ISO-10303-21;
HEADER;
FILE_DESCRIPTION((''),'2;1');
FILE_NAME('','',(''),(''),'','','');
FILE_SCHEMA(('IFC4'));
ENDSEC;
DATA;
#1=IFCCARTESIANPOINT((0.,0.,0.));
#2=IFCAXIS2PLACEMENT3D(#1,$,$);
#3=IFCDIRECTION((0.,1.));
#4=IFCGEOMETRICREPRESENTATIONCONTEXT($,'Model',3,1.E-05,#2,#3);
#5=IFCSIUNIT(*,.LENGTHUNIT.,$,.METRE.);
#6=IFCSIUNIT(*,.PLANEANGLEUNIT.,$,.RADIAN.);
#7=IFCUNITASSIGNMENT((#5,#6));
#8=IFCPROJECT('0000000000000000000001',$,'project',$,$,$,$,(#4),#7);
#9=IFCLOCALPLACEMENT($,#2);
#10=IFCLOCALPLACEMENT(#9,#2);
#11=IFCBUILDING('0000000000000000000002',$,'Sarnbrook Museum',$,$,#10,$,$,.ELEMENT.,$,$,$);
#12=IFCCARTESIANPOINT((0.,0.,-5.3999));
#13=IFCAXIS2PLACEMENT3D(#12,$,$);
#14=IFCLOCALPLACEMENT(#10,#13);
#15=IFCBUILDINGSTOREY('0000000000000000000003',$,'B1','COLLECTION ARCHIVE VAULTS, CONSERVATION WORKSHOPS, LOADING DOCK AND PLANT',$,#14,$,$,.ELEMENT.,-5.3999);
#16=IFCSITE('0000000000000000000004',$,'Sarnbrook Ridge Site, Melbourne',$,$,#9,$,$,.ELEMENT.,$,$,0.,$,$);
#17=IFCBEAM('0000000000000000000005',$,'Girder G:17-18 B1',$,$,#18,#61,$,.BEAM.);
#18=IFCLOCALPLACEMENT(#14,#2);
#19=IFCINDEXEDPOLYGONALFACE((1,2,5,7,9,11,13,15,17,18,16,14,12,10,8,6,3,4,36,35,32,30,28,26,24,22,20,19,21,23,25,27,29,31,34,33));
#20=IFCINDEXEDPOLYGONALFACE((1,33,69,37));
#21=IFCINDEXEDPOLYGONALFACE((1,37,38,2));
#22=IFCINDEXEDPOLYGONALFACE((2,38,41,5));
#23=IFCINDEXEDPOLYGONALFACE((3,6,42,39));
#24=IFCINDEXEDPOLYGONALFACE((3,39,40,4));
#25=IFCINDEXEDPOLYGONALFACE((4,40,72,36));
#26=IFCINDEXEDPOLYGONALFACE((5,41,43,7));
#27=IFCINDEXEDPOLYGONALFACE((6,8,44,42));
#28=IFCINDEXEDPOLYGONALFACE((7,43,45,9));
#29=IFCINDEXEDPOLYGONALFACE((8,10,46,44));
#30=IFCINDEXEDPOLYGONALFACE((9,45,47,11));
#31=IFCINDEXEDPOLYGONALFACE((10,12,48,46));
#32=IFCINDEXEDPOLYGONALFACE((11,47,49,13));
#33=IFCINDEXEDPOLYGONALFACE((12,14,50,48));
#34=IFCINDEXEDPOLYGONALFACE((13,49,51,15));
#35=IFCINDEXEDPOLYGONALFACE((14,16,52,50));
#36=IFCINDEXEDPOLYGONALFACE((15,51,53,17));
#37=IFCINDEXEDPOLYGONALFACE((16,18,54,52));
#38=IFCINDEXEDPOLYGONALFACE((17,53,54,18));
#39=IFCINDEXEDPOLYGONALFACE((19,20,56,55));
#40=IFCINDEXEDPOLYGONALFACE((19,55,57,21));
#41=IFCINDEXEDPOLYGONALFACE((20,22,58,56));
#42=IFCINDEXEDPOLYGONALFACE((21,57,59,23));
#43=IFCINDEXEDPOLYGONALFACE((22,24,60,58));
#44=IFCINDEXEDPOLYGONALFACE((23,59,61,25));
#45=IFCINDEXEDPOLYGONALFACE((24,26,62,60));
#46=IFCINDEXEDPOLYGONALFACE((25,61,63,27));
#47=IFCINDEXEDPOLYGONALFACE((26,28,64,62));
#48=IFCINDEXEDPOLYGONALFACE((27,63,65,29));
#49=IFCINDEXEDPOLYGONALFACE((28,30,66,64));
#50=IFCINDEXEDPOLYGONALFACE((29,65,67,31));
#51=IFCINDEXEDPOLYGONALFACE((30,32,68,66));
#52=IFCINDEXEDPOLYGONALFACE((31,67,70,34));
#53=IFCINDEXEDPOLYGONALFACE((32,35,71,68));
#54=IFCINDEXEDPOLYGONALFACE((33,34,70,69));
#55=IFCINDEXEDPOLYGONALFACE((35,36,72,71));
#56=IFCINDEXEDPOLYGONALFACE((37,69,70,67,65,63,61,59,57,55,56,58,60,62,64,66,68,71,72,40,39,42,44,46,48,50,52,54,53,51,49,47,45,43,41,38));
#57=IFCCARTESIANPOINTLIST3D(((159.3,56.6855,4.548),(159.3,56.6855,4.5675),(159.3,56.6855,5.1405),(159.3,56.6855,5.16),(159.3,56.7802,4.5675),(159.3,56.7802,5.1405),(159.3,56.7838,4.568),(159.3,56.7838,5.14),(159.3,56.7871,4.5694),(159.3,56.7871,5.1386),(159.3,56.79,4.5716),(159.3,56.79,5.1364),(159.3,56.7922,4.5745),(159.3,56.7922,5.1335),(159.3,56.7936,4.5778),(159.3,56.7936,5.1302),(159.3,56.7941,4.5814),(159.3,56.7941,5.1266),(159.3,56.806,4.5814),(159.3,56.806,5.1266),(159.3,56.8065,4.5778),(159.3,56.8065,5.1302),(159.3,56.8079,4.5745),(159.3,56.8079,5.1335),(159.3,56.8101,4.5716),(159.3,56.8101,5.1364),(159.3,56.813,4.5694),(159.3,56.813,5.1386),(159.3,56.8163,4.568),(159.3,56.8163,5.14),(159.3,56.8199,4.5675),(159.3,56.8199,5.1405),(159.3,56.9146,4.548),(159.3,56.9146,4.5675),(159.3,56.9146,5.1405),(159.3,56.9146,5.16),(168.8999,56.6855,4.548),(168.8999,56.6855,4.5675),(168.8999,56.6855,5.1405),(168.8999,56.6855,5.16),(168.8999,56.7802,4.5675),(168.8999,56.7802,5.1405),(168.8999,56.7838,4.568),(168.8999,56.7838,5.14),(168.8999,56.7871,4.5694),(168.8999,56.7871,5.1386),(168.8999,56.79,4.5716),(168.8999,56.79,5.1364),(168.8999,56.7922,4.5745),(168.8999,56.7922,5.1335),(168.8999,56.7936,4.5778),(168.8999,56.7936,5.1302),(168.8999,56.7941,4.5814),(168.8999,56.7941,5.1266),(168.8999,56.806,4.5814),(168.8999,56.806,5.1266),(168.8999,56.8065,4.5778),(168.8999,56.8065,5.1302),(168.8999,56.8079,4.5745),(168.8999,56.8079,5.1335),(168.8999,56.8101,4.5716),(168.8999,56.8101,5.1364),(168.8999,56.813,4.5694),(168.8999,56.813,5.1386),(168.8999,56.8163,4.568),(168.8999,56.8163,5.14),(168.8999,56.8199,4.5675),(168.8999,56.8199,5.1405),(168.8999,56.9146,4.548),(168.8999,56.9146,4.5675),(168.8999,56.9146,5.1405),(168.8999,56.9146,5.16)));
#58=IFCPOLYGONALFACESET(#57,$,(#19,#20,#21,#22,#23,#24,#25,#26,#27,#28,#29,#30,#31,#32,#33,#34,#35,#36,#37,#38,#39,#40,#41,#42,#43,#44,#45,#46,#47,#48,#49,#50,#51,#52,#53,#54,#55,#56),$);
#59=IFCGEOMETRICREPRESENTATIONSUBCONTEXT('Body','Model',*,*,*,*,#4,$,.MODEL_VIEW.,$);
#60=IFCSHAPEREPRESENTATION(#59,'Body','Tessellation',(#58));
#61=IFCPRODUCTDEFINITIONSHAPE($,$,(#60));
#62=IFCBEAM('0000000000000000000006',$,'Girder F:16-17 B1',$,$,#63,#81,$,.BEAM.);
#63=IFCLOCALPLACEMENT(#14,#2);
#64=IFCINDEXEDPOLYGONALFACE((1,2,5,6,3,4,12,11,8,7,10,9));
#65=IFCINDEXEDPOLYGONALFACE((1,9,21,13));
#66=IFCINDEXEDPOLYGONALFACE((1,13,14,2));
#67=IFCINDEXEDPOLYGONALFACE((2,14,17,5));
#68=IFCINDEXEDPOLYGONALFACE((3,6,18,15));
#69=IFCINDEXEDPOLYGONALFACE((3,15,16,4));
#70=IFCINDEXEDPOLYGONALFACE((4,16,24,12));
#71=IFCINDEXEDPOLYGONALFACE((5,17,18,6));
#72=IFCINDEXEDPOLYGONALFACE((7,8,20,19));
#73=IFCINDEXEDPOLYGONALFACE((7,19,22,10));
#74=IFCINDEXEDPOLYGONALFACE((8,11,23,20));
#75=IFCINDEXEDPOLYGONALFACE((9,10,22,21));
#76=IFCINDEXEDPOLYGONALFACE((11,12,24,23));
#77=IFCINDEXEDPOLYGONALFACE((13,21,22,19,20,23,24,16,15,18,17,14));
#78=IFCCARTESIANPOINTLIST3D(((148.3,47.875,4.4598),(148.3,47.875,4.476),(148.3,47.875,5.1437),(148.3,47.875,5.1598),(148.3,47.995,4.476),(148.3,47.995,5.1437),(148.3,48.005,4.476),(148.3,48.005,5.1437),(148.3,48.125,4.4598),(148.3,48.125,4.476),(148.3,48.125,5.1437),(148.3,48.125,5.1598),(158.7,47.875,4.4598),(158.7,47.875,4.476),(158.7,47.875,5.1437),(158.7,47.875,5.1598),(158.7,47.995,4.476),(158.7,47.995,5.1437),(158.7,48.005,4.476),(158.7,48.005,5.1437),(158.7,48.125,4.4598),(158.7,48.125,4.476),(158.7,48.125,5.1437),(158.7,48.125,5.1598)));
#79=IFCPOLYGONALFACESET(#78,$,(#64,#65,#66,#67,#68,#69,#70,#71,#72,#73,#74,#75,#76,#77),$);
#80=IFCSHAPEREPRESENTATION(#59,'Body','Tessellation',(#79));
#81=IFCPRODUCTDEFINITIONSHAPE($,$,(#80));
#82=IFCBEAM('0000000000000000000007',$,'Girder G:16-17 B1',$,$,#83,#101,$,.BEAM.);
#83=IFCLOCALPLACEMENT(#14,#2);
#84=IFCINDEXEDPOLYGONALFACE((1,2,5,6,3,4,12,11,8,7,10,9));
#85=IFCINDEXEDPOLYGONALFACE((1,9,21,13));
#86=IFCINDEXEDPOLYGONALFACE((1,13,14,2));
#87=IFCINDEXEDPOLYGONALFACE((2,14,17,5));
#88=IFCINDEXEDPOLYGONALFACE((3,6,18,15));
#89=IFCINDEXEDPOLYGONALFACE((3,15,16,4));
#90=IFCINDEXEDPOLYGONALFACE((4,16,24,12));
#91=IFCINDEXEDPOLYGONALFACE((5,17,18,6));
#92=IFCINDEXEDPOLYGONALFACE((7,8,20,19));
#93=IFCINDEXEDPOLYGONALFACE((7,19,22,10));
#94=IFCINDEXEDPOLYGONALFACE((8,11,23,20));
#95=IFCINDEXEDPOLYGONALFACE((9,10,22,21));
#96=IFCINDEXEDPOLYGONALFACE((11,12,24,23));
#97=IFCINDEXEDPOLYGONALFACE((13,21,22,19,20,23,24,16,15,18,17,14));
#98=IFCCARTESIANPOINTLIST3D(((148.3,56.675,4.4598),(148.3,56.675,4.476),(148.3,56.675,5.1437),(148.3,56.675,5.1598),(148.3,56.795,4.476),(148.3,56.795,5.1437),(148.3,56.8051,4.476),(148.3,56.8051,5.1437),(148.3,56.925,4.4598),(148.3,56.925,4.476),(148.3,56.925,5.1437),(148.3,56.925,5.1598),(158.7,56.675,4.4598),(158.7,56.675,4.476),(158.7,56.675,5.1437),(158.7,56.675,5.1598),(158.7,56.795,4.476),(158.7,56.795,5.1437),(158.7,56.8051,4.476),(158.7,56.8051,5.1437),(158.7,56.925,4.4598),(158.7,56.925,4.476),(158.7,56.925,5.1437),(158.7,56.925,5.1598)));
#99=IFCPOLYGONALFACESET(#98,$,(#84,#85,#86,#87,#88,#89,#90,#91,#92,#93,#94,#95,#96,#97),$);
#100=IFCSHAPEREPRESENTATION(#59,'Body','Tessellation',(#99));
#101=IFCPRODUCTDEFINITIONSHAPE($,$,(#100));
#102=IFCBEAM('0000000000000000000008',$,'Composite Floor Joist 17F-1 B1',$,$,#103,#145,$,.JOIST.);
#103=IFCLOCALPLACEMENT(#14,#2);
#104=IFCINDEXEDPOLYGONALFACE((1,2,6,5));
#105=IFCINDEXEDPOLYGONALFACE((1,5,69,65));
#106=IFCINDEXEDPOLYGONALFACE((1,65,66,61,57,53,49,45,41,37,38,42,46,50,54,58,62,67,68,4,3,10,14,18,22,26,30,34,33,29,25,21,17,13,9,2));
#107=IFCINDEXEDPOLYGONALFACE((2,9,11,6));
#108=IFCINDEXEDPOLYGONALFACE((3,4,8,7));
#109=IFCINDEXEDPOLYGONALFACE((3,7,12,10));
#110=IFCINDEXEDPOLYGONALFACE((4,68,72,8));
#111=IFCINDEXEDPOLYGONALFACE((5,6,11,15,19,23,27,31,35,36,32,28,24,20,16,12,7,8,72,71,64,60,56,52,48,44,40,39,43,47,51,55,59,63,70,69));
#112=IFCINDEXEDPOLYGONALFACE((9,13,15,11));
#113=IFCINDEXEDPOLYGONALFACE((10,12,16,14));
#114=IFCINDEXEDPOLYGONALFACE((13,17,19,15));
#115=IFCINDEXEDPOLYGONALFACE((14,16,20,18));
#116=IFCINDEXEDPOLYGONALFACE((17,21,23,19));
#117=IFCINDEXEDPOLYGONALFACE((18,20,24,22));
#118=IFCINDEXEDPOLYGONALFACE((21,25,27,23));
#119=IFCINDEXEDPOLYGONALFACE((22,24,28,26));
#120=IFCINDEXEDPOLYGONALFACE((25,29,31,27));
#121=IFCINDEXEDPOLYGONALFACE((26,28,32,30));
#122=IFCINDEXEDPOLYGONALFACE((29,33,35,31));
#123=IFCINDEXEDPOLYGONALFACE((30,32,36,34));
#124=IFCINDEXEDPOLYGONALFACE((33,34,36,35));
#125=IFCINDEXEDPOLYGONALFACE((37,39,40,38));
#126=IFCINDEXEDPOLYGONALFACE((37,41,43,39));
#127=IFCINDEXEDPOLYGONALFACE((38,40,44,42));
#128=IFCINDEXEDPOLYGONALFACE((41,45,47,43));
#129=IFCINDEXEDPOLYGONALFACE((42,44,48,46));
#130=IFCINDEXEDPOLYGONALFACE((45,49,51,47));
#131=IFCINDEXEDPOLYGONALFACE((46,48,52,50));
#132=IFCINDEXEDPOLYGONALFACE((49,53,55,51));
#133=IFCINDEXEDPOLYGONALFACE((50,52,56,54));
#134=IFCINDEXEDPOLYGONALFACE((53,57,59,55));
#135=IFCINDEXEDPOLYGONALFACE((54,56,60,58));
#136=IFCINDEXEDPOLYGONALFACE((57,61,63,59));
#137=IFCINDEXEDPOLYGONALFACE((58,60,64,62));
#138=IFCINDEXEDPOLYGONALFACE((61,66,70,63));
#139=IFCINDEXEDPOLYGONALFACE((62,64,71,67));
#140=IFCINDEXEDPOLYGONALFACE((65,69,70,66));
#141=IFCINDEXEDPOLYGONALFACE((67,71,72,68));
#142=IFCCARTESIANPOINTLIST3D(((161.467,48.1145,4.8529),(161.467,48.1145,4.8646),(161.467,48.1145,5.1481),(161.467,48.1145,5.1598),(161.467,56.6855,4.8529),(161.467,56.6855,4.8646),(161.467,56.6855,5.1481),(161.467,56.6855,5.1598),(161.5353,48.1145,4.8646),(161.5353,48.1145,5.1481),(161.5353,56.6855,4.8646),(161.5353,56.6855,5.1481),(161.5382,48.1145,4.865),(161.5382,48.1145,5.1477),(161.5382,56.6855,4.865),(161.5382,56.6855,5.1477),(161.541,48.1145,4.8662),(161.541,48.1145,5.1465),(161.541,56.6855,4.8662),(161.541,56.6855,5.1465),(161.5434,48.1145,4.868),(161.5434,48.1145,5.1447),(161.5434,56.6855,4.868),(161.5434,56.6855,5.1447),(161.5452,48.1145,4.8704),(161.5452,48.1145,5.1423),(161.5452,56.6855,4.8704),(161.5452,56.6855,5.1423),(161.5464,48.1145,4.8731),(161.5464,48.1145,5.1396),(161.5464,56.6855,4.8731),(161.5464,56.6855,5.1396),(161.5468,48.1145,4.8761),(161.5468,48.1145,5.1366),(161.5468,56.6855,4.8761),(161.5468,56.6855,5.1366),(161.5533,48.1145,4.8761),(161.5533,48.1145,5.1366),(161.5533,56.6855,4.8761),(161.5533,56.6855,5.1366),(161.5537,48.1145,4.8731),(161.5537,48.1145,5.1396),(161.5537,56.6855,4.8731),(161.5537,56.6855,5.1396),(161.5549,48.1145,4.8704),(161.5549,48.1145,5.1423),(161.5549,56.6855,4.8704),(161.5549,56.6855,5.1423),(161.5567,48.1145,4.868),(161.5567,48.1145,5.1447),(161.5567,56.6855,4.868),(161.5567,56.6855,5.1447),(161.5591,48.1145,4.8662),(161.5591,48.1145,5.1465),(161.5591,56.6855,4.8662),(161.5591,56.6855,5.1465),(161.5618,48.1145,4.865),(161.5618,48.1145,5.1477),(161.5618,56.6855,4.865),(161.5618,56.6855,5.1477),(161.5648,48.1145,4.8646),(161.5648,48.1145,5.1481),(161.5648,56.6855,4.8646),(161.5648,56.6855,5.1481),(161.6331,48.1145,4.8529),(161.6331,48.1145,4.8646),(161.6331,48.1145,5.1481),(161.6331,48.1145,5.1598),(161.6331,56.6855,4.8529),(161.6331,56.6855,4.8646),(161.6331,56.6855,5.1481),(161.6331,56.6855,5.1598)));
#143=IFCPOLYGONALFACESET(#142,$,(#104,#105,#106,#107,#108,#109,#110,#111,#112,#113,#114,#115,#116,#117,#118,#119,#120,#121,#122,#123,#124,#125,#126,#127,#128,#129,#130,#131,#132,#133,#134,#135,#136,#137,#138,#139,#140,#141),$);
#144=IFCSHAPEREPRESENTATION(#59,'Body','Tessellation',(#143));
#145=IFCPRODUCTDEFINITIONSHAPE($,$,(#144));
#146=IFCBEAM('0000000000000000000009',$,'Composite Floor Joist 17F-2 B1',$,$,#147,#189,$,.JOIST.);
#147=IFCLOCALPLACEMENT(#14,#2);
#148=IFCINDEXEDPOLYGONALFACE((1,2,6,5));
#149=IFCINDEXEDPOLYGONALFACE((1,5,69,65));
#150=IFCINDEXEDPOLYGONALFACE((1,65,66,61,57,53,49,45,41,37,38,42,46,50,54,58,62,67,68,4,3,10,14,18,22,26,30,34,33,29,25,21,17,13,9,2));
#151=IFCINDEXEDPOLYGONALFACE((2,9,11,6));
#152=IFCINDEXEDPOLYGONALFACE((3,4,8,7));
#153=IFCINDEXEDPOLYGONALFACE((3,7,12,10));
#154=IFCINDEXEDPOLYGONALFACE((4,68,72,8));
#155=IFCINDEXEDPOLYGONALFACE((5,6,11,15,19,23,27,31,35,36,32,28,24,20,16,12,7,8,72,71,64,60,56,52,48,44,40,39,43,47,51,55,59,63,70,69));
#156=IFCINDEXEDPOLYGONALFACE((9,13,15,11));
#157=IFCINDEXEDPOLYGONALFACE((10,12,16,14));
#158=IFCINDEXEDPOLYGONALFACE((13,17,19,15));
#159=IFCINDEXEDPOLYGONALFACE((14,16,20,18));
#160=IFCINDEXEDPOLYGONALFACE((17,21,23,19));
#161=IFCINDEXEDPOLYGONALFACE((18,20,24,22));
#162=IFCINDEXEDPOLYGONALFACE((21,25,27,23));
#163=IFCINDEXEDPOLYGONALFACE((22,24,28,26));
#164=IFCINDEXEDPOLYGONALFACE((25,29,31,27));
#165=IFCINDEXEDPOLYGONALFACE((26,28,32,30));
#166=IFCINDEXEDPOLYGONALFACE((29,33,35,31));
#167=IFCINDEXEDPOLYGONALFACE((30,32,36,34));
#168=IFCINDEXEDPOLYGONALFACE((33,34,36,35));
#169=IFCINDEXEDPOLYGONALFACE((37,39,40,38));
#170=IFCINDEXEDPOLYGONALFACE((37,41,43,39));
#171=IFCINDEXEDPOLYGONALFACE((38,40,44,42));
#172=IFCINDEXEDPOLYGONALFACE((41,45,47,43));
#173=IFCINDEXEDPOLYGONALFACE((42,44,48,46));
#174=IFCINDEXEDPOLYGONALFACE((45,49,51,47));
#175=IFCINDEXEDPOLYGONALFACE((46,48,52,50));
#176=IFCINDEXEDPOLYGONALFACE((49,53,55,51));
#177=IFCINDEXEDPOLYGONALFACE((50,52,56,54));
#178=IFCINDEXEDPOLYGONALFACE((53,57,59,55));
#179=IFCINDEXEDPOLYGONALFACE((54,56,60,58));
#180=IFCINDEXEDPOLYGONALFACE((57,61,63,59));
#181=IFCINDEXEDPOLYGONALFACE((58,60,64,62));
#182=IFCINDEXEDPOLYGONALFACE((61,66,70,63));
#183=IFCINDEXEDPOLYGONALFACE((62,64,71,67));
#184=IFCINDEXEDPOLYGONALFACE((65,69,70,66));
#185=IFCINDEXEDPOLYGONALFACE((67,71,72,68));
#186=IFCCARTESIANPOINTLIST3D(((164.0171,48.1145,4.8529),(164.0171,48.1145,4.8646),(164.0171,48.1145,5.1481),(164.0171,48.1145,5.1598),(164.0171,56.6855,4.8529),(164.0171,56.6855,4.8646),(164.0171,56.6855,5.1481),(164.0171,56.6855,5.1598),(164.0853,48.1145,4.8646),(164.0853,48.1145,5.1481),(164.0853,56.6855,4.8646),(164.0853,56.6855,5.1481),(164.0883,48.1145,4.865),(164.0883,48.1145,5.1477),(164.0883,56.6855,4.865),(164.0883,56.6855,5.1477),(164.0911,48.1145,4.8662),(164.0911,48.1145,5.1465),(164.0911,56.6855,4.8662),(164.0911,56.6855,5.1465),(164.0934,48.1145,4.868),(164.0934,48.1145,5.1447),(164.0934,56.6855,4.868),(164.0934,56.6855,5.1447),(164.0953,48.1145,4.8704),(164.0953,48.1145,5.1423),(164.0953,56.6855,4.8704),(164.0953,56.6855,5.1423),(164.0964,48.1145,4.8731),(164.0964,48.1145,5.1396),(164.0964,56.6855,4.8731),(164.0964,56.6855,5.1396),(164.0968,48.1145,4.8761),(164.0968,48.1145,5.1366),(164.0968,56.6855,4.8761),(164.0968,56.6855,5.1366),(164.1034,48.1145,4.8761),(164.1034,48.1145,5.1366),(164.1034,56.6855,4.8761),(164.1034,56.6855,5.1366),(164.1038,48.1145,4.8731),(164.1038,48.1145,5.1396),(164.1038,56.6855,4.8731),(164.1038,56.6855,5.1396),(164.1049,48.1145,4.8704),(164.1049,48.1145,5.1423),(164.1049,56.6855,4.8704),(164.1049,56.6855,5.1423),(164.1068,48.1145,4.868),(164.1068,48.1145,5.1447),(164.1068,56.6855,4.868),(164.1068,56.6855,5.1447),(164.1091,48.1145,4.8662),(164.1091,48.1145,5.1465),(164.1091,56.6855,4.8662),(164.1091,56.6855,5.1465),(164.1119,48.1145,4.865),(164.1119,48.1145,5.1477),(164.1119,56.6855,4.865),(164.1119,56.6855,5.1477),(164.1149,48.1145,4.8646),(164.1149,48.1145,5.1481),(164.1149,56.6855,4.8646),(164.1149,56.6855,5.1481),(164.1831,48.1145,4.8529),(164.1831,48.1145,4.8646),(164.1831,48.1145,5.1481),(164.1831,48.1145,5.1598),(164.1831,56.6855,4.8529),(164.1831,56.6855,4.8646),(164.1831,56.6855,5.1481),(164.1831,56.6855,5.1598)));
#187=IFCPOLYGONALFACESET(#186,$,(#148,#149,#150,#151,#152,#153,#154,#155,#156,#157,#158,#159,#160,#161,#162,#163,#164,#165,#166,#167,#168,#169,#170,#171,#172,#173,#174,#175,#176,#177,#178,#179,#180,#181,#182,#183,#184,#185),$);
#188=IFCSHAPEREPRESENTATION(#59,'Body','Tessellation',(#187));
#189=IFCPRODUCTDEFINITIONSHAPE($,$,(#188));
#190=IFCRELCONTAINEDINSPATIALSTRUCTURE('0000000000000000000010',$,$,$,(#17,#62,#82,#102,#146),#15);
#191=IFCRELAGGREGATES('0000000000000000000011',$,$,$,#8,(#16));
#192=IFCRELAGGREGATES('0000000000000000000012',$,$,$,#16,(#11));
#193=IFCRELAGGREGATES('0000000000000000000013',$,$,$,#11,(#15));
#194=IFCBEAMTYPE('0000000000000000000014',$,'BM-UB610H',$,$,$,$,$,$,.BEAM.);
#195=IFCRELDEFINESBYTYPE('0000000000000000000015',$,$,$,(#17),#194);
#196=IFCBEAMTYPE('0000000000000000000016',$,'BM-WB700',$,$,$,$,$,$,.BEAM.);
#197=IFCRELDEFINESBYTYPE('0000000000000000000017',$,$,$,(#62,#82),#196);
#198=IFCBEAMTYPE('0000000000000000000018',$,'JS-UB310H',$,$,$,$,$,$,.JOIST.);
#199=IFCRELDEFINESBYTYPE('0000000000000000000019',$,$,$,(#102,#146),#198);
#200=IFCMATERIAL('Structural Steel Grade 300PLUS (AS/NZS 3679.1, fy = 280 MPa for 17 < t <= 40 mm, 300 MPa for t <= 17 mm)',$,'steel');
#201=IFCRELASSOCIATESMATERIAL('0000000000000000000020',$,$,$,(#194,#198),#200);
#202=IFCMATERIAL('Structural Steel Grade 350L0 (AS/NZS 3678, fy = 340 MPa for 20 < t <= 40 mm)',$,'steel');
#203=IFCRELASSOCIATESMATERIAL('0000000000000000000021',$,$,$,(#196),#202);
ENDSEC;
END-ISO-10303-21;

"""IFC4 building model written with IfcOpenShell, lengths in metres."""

from ifc_helpers import new_model, si_unit, direction, frame, origin, origin_2d, place, context, subcontext, project, spatial, i_section, extrude, material, material_profile, profile_set, type_object, element, save


model = new_model("IFC4")

# Units and contexts
model_context = context("Model", 3, precision=1e-05, world=origin(), true_north=direction((0.0, 1.0)))
body_context = subcontext(model_context, "Body", "Model", "MODEL_VIEW")
ifc_project = project(units=[si_unit("LENGTHUNIT", "METRE"), si_unit("PLANEANGLEUNIT", "RADIAN")], contexts=[model_context])

# Site, building, storey
site_placement = place(None, origin())
site = spatial("IfcSite", under=ifc_project, at=site_placement, Name="Sarnbrook Ridge Site, Melbourne", CompositionType="ELEMENT", RefElevation=0.0)
building_placement = place(site_placement, origin())
building = spatial("IfcBuilding", under=site, at=building_placement, Name="Sarnbrook Museum", CompositionType="ELEMENT")
storey_placement = place(building_placement, frame((0.0, 0.0, -5.3999)))
storey = spatial("IfcBuildingStorey", under=building, at=storey_placement, Name="B1", Description="COLLECTION ARCHIVE VAULTS, CONSERVATION WORKSHOPS, LOADING DOCK AND PLANT", CompositionType="ELEMENT", Elevation=-5.3999)

# Beams
ifc_material_1 = material(Name="Structural Steel Grade 300PLUS (AS/NZS 3679.1, fy = 280 MPa for 17 < t <= 40 mm, 300 MPa for t <= 17 mm)", Category="steel")
ifc_material_profile_1 = material_profile(ifc_material_1, i_section(OverallWidth=0.229, OverallDepth=0.6121, WebThickness=0.012, FlangeThickness=0.0195, FilletRadius=0.0139, at=origin_2d()), Name="610UB125")
ifc_profile_set_1 = profile_set([ifc_material_profile_1], Name="Structural Steel Grade 300PLUS (AS/NZS 3679.1, fy = 280 MPa for 17 < t <= 40 mm, 300 MPa for t <= 17 mm)")
beam_type_1 = type_object("IfcBeamType", Name="BM-UB610H", PredefinedType="BEAM", material=ifc_profile_set_1)
for number, where, z_axis, x_axis, name in (
    (1, (159.3, 56.8, 4.854), (1.0, 0.0, 0.0), (0.0, 1.0, 0.0), "Girder G:17-18 B1"),
):
    element("IfcBeam", number, at=place(storey_placement, frame(where, z_axis=z_axis, x_axis=x_axis)), inside=storey, type_object=beam_type_1, Name=name, PredefinedType="BEAM", context=body_context, shape_type="SweptSolid", body=[
        extrude(i_section(OverallWidth=0.229, OverallDepth=0.6121, WebThickness=0.012, FlangeThickness=0.0195, FilletRadius=0.0139, at=origin_2d()), origin(), (0.0, 0.0, 1.0), 9.5999),
    ])
ifc_material_2 = material(Name="Structural Steel Grade 350L0 (AS/NZS 3678, fy = 340 MPa for 20 < t <= 40 mm)", Category="steel")
ifc_material_profile_2 = material_profile(ifc_material_2, i_section(OverallWidth=0.25, OverallDepth=0.7, WebThickness=0.01, FlangeThickness=0.0161, at=origin_2d()), Name="700WB130")
ifc_profile_set_2 = profile_set([ifc_material_profile_2], Name="Structural Steel Grade 350L0 (AS/NZS 3678, fy = 340 MPa for 20 < t <= 40 mm)")
beam_type_2 = type_object("IfcBeamType", Name="BM-WB700", PredefinedType="BEAM", material=ifc_profile_set_2)
for number, where, z_axis, x_axis, name in (
    (2, (148.3, 48.0, 4.8098), (1.0, 0.0, 0.0), (0.0, 1.0, 0.0), "Girder F:16-17 B1"),
    (3, (148.3, 56.8, 4.8098), (1.0, 0.0, 0.0), (0.0, 1.0, 0.0), "Girder G:16-17 B1"),
):
    element("IfcBeam", number, at=place(storey_placement, frame(where, z_axis=z_axis, x_axis=x_axis)), inside=storey, type_object=beam_type_2, Name=name, PredefinedType="BEAM", context=body_context, shape_type="SweptSolid", body=[
        extrude(i_section(OverallWidth=0.25, OverallDepth=0.7, WebThickness=0.01, FlangeThickness=0.0161, at=origin_2d()), origin(), (0.0, 0.0, 1.0), 10.3999),
    ])
ifc_material_profile_3 = material_profile(ifc_material_1, i_section(OverallWidth=0.166, OverallDepth=0.3069, WebThickness=0.0066, FlangeThickness=0.0117, FilletRadius=0.0115, at=origin_2d()), Name="310UB46.2")
ifc_profile_set_3 = profile_set([ifc_material_profile_3], Name="Structural Steel Grade 300PLUS (AS/NZS 3679.1, fy = 280 MPa for 17 < t <= 40 mm, 300 MPa for t <= 17 mm)")
beam_type_3 = type_object("IfcBeamType", Name="JS-UB310H", PredefinedType="JOIST", material=ifc_profile_set_3)
for number, where, z_axis, x_axis, name in (
    (4, (161.55, 48.1145, 5.0063), (0.0, 1.0, 0.0), (-1.0, 0.0, 0.0), "Composite Floor Joist 17F-1 B1"),
    (5, (164.1001, 48.1145, 5.0063), (0.0, 1.0, 0.0), (-1.0, 0.0, 0.0), "Composite Floor Joist 17F-2 B1"),
):
    element("IfcBeam", number, at=place(storey_placement, frame(where, z_axis=z_axis, x_axis=x_axis)), inside=storey, type_object=beam_type_3, Name=name, PredefinedType="JOIST", context=body_context, shape_type="SweptSolid", body=[
        extrude(i_section(OverallWidth=0.166, OverallDepth=0.3069, WebThickness=0.0066, FlangeThickness=0.0117, FilletRadius=0.0115, at=origin_2d()), origin(), (0.0, 0.0, 1.0), 8.571),
    ])

save(model, "model.ifc")
